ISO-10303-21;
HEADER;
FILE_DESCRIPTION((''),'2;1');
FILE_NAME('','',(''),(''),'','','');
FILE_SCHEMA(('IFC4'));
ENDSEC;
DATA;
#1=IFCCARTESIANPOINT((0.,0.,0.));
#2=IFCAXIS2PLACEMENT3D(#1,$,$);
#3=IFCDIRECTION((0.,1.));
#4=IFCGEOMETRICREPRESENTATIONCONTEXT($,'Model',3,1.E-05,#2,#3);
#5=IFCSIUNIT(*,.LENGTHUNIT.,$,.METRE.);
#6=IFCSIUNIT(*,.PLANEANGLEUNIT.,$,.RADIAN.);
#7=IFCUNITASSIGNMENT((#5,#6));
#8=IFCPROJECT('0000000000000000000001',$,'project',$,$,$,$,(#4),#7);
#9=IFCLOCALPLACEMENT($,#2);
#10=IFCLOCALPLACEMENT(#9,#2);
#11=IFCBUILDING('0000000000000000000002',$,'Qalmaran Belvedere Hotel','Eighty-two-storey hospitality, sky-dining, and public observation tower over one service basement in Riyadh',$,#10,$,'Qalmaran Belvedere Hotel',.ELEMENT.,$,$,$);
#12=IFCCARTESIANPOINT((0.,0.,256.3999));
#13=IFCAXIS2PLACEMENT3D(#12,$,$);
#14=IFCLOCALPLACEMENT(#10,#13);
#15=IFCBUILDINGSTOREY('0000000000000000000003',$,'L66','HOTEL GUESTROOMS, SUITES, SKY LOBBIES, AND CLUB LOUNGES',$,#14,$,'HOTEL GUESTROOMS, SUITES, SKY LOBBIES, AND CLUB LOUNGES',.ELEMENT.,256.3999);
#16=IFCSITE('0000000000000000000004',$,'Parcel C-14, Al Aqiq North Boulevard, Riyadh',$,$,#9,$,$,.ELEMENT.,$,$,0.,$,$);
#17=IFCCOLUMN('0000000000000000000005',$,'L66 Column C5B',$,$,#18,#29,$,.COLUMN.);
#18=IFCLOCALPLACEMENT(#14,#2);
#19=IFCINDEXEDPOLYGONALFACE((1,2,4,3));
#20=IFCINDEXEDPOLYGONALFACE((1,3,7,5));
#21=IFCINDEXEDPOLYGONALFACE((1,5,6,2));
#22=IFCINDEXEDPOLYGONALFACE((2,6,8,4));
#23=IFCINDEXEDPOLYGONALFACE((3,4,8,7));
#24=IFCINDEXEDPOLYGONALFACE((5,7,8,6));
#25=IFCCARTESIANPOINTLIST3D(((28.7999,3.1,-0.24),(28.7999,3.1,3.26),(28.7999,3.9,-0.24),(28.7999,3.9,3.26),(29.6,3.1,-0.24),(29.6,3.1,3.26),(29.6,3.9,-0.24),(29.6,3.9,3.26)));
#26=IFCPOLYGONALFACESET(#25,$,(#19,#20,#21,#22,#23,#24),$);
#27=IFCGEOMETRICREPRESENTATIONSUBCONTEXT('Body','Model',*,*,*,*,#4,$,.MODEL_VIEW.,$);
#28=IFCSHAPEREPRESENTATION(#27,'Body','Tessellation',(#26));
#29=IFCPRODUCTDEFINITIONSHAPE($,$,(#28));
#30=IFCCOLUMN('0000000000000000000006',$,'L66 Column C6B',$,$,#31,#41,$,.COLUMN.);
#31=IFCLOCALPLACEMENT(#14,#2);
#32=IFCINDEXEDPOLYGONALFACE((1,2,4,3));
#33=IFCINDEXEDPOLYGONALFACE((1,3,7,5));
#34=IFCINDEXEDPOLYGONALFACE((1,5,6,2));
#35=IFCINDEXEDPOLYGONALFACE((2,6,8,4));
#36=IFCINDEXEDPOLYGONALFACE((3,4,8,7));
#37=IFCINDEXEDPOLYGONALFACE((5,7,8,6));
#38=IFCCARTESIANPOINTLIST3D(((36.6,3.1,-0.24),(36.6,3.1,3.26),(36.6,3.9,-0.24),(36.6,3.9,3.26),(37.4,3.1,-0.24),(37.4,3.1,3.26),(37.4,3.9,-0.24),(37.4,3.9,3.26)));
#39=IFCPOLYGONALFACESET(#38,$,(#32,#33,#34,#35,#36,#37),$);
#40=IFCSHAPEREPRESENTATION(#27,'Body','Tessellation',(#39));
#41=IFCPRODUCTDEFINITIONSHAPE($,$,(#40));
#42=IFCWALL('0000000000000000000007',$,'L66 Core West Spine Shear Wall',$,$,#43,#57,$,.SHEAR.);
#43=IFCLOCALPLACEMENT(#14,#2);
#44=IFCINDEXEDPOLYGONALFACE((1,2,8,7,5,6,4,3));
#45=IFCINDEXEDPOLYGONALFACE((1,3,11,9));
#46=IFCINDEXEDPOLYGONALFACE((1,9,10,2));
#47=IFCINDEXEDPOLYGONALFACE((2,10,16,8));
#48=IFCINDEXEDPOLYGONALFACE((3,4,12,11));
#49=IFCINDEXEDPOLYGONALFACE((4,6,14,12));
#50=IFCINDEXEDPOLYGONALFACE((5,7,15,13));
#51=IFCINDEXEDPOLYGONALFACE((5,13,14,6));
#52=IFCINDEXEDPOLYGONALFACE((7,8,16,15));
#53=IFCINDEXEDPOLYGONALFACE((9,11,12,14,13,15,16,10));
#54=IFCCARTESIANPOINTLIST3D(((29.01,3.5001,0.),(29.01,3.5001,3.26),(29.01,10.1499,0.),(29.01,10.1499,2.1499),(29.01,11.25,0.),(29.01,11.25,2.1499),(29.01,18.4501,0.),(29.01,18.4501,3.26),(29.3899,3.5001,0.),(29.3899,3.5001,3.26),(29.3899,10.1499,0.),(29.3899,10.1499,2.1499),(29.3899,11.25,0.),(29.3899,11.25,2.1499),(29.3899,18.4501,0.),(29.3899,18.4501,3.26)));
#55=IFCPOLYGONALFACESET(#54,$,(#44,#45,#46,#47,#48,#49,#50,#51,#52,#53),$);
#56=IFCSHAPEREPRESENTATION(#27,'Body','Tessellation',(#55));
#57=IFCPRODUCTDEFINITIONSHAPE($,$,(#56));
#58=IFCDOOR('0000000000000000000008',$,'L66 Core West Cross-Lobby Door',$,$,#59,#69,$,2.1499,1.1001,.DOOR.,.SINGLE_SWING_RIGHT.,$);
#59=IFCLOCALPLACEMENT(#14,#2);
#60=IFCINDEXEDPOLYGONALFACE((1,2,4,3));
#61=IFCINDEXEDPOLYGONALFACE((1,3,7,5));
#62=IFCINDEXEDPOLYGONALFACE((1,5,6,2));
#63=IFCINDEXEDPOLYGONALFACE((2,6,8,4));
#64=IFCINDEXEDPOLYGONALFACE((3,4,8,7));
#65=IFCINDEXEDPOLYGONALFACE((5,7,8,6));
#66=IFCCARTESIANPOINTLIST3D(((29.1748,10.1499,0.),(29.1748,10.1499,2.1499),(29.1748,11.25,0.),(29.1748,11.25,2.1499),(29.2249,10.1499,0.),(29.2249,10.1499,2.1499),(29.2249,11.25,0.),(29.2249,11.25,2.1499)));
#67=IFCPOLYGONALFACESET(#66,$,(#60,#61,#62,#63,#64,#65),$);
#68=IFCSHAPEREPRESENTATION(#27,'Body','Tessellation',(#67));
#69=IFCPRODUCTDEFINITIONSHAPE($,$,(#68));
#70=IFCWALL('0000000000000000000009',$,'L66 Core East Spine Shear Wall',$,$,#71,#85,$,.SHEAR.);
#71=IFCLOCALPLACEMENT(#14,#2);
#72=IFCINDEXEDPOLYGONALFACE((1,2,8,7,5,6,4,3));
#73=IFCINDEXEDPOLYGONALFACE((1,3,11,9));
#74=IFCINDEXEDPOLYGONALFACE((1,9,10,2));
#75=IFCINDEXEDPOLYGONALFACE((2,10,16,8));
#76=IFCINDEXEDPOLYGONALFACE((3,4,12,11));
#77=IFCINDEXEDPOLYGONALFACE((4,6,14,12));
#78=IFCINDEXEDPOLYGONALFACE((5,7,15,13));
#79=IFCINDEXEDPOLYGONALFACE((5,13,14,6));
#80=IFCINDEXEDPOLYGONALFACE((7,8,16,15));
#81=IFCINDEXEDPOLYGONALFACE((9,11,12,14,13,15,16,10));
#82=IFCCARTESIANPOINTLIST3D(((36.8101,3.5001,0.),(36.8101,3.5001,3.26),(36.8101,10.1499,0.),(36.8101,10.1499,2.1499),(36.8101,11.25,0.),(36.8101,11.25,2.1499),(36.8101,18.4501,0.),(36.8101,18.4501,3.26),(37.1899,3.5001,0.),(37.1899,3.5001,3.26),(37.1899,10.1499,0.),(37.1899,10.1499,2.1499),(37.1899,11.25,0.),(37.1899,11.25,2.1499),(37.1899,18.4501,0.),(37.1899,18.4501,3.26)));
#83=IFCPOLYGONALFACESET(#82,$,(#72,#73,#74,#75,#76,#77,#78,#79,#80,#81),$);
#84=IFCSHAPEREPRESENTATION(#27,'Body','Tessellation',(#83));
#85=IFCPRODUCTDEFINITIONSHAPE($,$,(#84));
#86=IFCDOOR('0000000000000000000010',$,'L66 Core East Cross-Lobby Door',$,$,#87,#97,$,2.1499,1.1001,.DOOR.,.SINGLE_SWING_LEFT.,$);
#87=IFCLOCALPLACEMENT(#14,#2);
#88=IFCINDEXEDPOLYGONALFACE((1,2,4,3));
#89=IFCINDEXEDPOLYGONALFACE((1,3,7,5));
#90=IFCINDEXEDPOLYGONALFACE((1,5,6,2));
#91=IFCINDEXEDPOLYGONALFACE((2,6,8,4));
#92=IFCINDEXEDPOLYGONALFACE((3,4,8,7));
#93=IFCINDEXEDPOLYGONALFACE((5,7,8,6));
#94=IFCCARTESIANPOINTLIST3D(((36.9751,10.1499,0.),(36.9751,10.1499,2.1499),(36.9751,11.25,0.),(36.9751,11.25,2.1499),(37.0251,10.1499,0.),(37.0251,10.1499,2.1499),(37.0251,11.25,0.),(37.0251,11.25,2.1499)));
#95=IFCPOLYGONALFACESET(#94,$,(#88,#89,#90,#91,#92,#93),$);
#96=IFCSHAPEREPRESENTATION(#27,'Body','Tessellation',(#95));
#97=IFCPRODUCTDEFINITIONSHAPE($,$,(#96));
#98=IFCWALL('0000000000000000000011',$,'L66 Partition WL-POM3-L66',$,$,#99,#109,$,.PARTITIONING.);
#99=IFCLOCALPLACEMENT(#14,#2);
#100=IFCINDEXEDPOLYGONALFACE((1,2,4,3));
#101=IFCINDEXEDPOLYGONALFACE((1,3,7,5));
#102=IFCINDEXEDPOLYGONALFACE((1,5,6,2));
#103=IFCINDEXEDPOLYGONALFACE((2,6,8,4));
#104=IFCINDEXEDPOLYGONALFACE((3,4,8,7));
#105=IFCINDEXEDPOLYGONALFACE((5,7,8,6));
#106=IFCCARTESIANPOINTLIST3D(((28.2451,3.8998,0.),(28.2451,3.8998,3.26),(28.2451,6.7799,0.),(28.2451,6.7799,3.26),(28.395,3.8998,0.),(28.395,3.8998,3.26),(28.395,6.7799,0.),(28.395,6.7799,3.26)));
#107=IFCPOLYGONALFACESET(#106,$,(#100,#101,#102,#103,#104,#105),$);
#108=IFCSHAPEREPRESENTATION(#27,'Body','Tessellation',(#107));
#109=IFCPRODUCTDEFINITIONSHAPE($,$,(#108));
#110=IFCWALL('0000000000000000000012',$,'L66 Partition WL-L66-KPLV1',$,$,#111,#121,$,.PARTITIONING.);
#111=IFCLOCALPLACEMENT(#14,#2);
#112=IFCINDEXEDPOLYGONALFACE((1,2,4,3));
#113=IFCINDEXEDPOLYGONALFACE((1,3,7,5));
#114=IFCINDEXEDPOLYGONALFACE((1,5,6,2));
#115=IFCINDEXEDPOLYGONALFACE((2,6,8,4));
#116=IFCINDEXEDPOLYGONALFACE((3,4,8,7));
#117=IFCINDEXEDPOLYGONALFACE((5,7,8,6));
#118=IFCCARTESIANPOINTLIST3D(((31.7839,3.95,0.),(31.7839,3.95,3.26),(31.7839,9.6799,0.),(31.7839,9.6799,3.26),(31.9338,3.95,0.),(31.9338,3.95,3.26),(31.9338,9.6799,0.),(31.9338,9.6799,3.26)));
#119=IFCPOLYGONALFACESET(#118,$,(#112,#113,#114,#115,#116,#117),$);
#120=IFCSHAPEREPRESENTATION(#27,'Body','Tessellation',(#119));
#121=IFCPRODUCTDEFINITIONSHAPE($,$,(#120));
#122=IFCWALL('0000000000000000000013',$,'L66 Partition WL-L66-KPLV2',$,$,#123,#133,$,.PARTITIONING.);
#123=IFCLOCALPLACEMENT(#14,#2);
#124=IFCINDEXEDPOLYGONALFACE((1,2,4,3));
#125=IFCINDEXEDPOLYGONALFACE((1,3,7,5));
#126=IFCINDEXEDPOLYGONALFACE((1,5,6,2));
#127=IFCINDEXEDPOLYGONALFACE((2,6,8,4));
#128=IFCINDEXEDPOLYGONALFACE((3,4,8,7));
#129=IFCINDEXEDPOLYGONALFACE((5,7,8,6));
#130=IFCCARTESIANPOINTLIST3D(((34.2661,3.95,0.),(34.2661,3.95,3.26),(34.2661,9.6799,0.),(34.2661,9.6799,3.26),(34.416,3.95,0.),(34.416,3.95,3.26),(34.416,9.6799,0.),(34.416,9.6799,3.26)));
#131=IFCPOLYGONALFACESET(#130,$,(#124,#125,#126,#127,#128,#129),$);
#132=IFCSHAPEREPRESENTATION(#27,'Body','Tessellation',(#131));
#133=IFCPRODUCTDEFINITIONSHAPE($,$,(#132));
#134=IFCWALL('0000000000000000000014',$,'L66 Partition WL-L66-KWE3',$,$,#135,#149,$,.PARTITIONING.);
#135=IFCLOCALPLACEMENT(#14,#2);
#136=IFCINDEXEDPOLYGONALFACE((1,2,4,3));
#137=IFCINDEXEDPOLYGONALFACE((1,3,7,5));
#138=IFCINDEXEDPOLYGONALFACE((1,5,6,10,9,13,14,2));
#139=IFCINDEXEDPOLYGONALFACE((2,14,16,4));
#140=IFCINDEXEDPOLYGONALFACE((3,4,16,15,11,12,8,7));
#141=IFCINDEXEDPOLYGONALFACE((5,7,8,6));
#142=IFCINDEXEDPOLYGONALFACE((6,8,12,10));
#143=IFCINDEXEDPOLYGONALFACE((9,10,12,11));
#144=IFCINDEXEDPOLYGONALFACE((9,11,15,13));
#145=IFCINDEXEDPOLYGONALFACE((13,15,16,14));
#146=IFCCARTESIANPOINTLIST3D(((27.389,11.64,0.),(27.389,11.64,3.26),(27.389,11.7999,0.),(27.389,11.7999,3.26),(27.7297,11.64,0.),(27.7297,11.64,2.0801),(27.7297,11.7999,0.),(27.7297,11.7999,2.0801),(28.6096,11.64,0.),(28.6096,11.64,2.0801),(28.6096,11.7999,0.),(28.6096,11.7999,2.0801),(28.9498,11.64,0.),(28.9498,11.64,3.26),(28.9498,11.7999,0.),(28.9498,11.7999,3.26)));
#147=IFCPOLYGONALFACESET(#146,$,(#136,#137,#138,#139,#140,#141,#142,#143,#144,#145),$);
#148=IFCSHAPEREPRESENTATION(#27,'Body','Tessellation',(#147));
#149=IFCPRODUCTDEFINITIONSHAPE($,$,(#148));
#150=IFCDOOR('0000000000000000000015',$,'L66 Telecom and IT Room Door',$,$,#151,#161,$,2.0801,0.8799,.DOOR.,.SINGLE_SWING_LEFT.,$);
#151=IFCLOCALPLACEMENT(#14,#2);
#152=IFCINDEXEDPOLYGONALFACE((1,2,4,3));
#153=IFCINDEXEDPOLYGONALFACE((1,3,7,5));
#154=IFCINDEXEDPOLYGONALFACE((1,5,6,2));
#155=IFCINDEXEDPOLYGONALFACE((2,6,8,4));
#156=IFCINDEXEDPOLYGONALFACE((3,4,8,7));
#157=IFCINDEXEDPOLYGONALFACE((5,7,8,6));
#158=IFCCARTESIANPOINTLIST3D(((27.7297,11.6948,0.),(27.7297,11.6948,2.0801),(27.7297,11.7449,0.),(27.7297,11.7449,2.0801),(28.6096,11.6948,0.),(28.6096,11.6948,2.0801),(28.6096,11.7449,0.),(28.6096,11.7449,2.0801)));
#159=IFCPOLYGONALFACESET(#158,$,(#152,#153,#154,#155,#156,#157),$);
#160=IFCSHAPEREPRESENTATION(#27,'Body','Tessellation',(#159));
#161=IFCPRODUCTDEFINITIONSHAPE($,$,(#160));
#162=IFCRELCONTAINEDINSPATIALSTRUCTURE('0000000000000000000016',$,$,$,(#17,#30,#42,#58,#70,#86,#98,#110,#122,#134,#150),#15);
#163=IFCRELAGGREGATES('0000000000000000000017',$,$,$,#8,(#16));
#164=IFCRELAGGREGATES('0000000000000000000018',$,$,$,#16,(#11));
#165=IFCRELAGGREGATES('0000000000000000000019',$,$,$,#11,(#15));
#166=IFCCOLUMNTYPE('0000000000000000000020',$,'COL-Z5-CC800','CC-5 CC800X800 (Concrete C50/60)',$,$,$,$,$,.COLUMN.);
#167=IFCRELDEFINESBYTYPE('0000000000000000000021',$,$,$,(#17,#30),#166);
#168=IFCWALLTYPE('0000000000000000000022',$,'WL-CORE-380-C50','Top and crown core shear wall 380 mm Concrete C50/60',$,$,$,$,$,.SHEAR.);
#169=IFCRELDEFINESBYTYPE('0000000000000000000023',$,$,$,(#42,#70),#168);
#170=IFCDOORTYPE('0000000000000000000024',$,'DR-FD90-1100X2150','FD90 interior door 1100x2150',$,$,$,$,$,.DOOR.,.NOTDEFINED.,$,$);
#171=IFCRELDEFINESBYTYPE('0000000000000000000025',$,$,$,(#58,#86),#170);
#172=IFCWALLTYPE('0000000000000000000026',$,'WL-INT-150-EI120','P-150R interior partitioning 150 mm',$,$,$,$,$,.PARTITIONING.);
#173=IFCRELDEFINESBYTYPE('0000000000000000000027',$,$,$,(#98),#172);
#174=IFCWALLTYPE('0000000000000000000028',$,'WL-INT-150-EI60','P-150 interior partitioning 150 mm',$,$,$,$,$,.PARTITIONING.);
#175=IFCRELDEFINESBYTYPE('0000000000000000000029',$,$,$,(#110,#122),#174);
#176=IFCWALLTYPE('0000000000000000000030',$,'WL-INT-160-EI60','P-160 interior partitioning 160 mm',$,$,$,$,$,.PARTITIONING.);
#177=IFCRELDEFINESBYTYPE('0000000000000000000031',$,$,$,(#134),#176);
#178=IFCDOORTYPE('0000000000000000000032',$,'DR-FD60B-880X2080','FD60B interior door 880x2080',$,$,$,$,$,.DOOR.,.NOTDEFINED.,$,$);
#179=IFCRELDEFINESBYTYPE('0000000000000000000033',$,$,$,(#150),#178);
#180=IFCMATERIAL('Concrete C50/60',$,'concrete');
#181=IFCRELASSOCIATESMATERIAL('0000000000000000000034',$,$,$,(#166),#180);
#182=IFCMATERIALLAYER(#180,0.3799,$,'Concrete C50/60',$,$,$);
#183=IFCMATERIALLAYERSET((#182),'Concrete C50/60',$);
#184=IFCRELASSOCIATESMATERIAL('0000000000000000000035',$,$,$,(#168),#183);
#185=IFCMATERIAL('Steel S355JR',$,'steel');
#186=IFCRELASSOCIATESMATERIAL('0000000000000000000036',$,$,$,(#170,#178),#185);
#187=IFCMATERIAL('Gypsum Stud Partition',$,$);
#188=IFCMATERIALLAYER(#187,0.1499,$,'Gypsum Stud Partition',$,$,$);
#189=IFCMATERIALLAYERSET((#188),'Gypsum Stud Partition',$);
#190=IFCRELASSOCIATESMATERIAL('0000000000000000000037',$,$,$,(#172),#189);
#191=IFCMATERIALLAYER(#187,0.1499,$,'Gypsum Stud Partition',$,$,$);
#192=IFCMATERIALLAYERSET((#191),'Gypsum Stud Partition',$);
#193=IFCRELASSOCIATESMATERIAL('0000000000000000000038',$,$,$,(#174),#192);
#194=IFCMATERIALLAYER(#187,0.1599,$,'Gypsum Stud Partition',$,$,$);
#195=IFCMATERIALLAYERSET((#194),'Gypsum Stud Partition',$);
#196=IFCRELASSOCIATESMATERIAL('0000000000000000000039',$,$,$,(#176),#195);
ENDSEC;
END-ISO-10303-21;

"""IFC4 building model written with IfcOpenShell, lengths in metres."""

from ifc_helpers import new_model, si_unit, direction, frame, frame_2d, origin, origin_2d, place, context, subcontext, project, spatial, rectangle, extrude, material, layer, layer_set, material_profile, profile_set, type_object, element, fill, save


model = new_model("IFC4")

# Units and contexts
model_context = context("Model", 3, precision=1e-05, world=origin(), true_north=direction((0.0, 1.0)))
body_context = subcontext(model_context, "Body", "Model", "MODEL_VIEW")
ifc_project = project(units=[si_unit("LENGTHUNIT", "METRE"), si_unit("PLANEANGLEUNIT", "RADIAN")], contexts=[model_context])

# Site, building, storey
site_placement = place(None, origin())
site = spatial("IfcSite", under=ifc_project, at=site_placement, Name="Parcel C-14, Al Aqiq North Boulevard, Riyadh", CompositionType="ELEMENT", RefElevation=0.0)
building_placement = place(site_placement, origin())
building = spatial("IfcBuilding", under=site, at=building_placement, Name="Qalmaran Belvedere Hotel", Description="Eighty-two-storey hospitality, sky-dining, and public observation tower over one service basement in Riyadh", LongName="Qalmaran Belvedere Hotel", CompositionType="ELEMENT")
storey_placement = place(building_placement, frame((0.0, 0.0, 256.3999)))
storey = spatial("IfcBuildingStorey", under=building, at=storey_placement, Name="L66", Description="HOTEL GUESTROOMS, SUITES, SKY LOBBIES, AND CLUB LOUNGES", LongName="HOTEL GUESTROOMS, SUITES, SKY LOBBIES, AND CLUB LOUNGES", CompositionType="ELEMENT", Elevation=256.3999)

# Columns
ifc_material_1 = material(Name="Concrete C50/60", Category="concrete")
ifc_material_profile = material_profile(ifc_material_1, rectangle(XDim=0.8, YDim=0.8, at=origin_2d()), Name="CC800X800")
ifc_profile_set = profile_set([ifc_material_profile], Name="Concrete C50/60")
column_type = type_object("IfcColumnType", Name="COL-Z5-CC800", Description="CC-5 CC800X800 (Concrete C50/60)", PredefinedType="COLUMN", material=ifc_profile_set)
for number, where, z_axis, x_axis, name in (
    (1, (29.2, 3.5, -0.24), (0.0, 0.0, 1.0), (1.0, 0.0, 0.0), "L66 Column C5B"),
    (2, (37.0, 3.5, -0.24), (0.0, 0.0, 1.0), (1.0, 0.0, 0.0), "L66 Column C6B"),
):
    element("IfcColumn", number, at=place(storey_placement, frame(where, z_axis=z_axis, x_axis=x_axis)), inside=storey, type_object=column_type, Name=name, PredefinedType="COLUMN", context=body_context, shape_type="SweptSolid", body=[
        extrude(rectangle(XDim=0.8, YDim=0.8, at=origin_2d()), origin(), (0.0, 0.0, 1.0), 3.5),
    ])

# Walls, openings, doors
ifc_layer_1 = layer(ifc_material_1, 0.3799, Name="Concrete C50/60")
ifc_layer_set_1 = layer_set([ifc_layer_1], Name="Concrete C50/60")
wall_type_1 = type_object("IfcWallType", Name="WL-CORE-380-C50", Description="Top and crown core shear wall 380 mm Concrete C50/60", PredefinedType="SHEAR", material=ifc_layer_set_1)
wall_1_placement = place(storey_placement, frame((29.2, 3.5, 0.0), z_axis=(0.0, 0.0, 1.0), x_axis=(0.0, 1.0, 0.0)))
wall_1 = element("IfcWall", 3, at=wall_1_placement, inside=storey, type_object=wall_type_1, Name="L66 Core West Spine Shear Wall", PredefinedType="SHEAR", context=body_context, shape_type="SweptSolid", body=[
    extrude(rectangle(XDim=14.95, YDim=0.3799, at=frame_2d((7.4751, 0.0))), origin(), (0.0, 0.0, 1.0), 3.26),
])
opening_1_placement = place(wall_1_placement, frame((7.75, 0.0, 0.0), z_axis=(0.0, 0.0, 1.0), x_axis=(-1.0, 0.0, 0.0)))
opening_1 = element("IfcOpeningElement", 4, at=opening_1_placement, cuts=wall_1, PredefinedType="OPENING", context=body_context, shape_type="SweptSolid", body=[
    extrude(rectangle(XDim=1.1001, YDim=2.1499, at=frame_2d((0.55, 1.075))), frame((0.0, 0.2, 0.0), z_axis=(0.0, -1.0, 0.0), x_axis=(1.0, 0.0, 0.0)), (0.0, 0.0, 1.0), 0.3999),
])
ifc_material_2 = material(Name="Steel S355JR", Category="steel")
door_type_1 = type_object("IfcDoorType", Name="DR-FD90-1100X2150", Description="FD90 interior door 1100x2150", OperationType="NOTDEFINED", PredefinedType="DOOR", material=ifc_material_2)
door_1_placement = place(opening_1_placement, origin())
door_1 = element("IfcDoor", 5, at=door_1_placement, inside=storey, type_object=door_type_1, Name="L66 Core West Cross-Lobby Door", OperationType="SINGLE_SWING_RIGHT", OverallHeight=2.1499, OverallWidth=1.1001, PredefinedType="DOOR", context=body_context, shape_type="SweptSolid", body=[
    extrude(rectangle(XDim=1.1001, YDim=2.1499, at=frame_2d((0.55, 1.075))), frame((0.0, 0.0249, 0.0), z_axis=(0.0, -1.0, 0.0), x_axis=(1.0, 0.0, 0.0)), (0.0, 0.0, 1.0), 0.05),
])
fill(opening_1, door_1)
wall_2_placement = place(storey_placement, frame((37.0, 3.5, 0.0), z_axis=(0.0, 0.0, 1.0), x_axis=(0.0, 1.0, 0.0)))
wall_2 = element("IfcWall", 6, at=wall_2_placement, inside=storey, type_object=wall_type_1, Name="L66 Core East Spine Shear Wall", PredefinedType="SHEAR", context=body_context, shape_type="SweptSolid", body=[
    extrude(rectangle(XDim=14.95, YDim=0.3799, at=frame_2d((7.4751, 0.0))), origin(), (0.0, 0.0, 1.0), 3.26),
])
opening_2_placement = place(wall_2_placement, frame((6.6499, 0.0, 0.0)))
opening_2 = element("IfcOpeningElement", 7, at=opening_2_placement, cuts=wall_2, PredefinedType="OPENING", context=body_context, shape_type="SweptSolid", body=[
    extrude(rectangle(XDim=1.1001, YDim=2.1499, at=frame_2d((0.55, 1.075))), frame((0.0, 0.2, 0.0), z_axis=(0.0, -1.0, 0.0), x_axis=(1.0, 0.0, 0.0)), (0.0, 0.0, 1.0), 0.3999),
])
door_2_placement = place(opening_2_placement, origin())
door_2 = element("IfcDoor", 8, at=door_2_placement, inside=storey, type_object=door_type_1, Name="L66 Core East Cross-Lobby Door", OperationType="SINGLE_SWING_LEFT", OverallHeight=2.1499, OverallWidth=1.1001, PredefinedType="DOOR", context=body_context, shape_type="SweptSolid", body=[
    extrude(rectangle(XDim=1.1001, YDim=2.1499, at=frame_2d((0.55, 1.075))), frame((0.0, 0.0249, 0.0), z_axis=(0.0, -1.0, 0.0), x_axis=(1.0, 0.0, 0.0)), (0.0, 0.0, 1.0), 0.05),
])
fill(opening_2, door_2)

# Walls
ifc_material_3 = material(Name="Gypsum Stud Partition")
ifc_layer_2 = layer(ifc_material_3, 0.1499, Name="Gypsum Stud Partition")
ifc_layer_set_2 = layer_set([ifc_layer_2], Name="Gypsum Stud Partition")
wall_type_2 = type_object("IfcWallType", Name="WL-INT-150-EI120", Description="P-150R interior partitioning 150 mm", PredefinedType="PARTITIONING", material=ifc_layer_set_2)
wall_3_placement = place(storey_placement, frame((28.3201, 3.8999, 0.0), z_axis=(0.0, 0.0, 1.0), x_axis=(0.0, 1.0, 0.0)))
element("IfcWall", 9, at=wall_3_placement, inside=storey, type_object=wall_type_2, Name="L66 Partition WL-POM3-L66", PredefinedType="PARTITIONING", context=body_context, shape_type="SweptSolid", body=[
    extrude(rectangle(XDim=2.8801, YDim=0.1499, at=frame_2d((1.4399, 0.0))), origin(), (0.0, 0.0, 1.0), 3.26),
])
ifc_layer_3 = layer(ifc_material_3, 0.1499, Name="Gypsum Stud Partition")
ifc_layer_set_3 = layer_set([ifc_layer_3], Name="Gypsum Stud Partition")
wall_type_3 = type_object("IfcWallType", Name="WL-INT-150-EI60", Description="P-150 interior partitioning 150 mm", PredefinedType="PARTITIONING", material=ifc_layer_set_3)
for number, where, z_axis, x_axis, name in (
    (10, (31.8589, 3.95, 0.0), (0.0, 0.0, 1.0), (0.0, 1.0, 0.0), "L66 Partition WL-L66-KPLV1"),
    (11, (34.3411, 3.95, 0.0), (0.0, 0.0, 1.0), (0.0, 1.0, 0.0), "L66 Partition WL-L66-KPLV2"),
):
    element("IfcWall", number, at=place(storey_placement, frame(where, z_axis=z_axis, x_axis=x_axis)), inside=storey, type_object=wall_type_3, Name=name, PredefinedType="PARTITIONING", context=body_context, shape_type="SweptSolid", body=[
        extrude(rectangle(XDim=5.73, YDim=0.1499, at=frame_2d((2.865, 0.0))), origin(), (0.0, 0.0, 1.0), 3.26),
    ])

# Wall, opening, door
ifc_layer_4 = layer(ifc_material_3, 0.1599, Name="Gypsum Stud Partition")
ifc_layer_set_4 = layer_set([ifc_layer_4], Name="Gypsum Stud Partition")
wall_type_4 = type_object("IfcWallType", Name="WL-INT-160-EI60", Description="P-160 interior partitioning 160 mm", PredefinedType="PARTITIONING", material=ifc_layer_set_4)
wall_4_placement = place(storey_placement, frame((27.3892, 11.72, 0.0), z_axis=(0.0, 0.0, 1.0), x_axis=(1.0, 0.0, 0.0)))
wall_4 = element("IfcWall", 12, at=wall_4_placement, inside=storey, type_object=wall_type_4, Name="L66 Partition WL-L66-KWE3", PredefinedType="PARTITIONING", context=body_context, shape_type="SweptSolid", body=[
    extrude(rectangle(XDim=1.5608, YDim=0.1599, at=frame_2d((0.7803, 0.0))), origin(), (0.0, 0.0, 1.0), 3.26),
])
opening_3_placement = place(wall_4_placement, frame((0.3406, 0.0, 0.0)))
opening_3 = element("IfcOpeningElement", 13, at=opening_3_placement, cuts=wall_4, PredefinedType="OPENING", context=body_context, shape_type="SweptSolid", body=[
    extrude(rectangle(XDim=0.8799, YDim=2.0801, at=frame_2d((0.4399, 1.04))), frame((0.0, 0.0898, 0.0), z_axis=(0.0, -1.0, 0.0), x_axis=(1.0, 0.0, 0.0)), (0.0, 0.0, 1.0), 0.1799),
])
door_type_2 = type_object("IfcDoorType", Name="DR-FD60B-880X2080", Description="FD60B interior door 880x2080", OperationType="NOTDEFINED", PredefinedType="DOOR", material=ifc_material_2)
door_3_placement = place(opening_3_placement, origin())
door_3 = element("IfcDoor", 14, at=door_3_placement, inside=storey, type_object=door_type_2, Name="L66 Telecom and IT Room Door", OperationType="SINGLE_SWING_LEFT", OverallHeight=2.0801, OverallWidth=0.8799, PredefinedType="DOOR", context=body_context, shape_type="SweptSolid", body=[
    extrude(rectangle(XDim=0.8799, YDim=2.0801, at=frame_2d((0.4399, 1.04))), frame((0.0, 0.0249, 0.0), z_axis=(0.0, -1.0, 0.0), x_axis=(1.0, 0.0, 0.0)), (0.0, 0.0, 1.0), 0.05),
])
fill(opening_3, door_3)

save(model, "model.ifc")
